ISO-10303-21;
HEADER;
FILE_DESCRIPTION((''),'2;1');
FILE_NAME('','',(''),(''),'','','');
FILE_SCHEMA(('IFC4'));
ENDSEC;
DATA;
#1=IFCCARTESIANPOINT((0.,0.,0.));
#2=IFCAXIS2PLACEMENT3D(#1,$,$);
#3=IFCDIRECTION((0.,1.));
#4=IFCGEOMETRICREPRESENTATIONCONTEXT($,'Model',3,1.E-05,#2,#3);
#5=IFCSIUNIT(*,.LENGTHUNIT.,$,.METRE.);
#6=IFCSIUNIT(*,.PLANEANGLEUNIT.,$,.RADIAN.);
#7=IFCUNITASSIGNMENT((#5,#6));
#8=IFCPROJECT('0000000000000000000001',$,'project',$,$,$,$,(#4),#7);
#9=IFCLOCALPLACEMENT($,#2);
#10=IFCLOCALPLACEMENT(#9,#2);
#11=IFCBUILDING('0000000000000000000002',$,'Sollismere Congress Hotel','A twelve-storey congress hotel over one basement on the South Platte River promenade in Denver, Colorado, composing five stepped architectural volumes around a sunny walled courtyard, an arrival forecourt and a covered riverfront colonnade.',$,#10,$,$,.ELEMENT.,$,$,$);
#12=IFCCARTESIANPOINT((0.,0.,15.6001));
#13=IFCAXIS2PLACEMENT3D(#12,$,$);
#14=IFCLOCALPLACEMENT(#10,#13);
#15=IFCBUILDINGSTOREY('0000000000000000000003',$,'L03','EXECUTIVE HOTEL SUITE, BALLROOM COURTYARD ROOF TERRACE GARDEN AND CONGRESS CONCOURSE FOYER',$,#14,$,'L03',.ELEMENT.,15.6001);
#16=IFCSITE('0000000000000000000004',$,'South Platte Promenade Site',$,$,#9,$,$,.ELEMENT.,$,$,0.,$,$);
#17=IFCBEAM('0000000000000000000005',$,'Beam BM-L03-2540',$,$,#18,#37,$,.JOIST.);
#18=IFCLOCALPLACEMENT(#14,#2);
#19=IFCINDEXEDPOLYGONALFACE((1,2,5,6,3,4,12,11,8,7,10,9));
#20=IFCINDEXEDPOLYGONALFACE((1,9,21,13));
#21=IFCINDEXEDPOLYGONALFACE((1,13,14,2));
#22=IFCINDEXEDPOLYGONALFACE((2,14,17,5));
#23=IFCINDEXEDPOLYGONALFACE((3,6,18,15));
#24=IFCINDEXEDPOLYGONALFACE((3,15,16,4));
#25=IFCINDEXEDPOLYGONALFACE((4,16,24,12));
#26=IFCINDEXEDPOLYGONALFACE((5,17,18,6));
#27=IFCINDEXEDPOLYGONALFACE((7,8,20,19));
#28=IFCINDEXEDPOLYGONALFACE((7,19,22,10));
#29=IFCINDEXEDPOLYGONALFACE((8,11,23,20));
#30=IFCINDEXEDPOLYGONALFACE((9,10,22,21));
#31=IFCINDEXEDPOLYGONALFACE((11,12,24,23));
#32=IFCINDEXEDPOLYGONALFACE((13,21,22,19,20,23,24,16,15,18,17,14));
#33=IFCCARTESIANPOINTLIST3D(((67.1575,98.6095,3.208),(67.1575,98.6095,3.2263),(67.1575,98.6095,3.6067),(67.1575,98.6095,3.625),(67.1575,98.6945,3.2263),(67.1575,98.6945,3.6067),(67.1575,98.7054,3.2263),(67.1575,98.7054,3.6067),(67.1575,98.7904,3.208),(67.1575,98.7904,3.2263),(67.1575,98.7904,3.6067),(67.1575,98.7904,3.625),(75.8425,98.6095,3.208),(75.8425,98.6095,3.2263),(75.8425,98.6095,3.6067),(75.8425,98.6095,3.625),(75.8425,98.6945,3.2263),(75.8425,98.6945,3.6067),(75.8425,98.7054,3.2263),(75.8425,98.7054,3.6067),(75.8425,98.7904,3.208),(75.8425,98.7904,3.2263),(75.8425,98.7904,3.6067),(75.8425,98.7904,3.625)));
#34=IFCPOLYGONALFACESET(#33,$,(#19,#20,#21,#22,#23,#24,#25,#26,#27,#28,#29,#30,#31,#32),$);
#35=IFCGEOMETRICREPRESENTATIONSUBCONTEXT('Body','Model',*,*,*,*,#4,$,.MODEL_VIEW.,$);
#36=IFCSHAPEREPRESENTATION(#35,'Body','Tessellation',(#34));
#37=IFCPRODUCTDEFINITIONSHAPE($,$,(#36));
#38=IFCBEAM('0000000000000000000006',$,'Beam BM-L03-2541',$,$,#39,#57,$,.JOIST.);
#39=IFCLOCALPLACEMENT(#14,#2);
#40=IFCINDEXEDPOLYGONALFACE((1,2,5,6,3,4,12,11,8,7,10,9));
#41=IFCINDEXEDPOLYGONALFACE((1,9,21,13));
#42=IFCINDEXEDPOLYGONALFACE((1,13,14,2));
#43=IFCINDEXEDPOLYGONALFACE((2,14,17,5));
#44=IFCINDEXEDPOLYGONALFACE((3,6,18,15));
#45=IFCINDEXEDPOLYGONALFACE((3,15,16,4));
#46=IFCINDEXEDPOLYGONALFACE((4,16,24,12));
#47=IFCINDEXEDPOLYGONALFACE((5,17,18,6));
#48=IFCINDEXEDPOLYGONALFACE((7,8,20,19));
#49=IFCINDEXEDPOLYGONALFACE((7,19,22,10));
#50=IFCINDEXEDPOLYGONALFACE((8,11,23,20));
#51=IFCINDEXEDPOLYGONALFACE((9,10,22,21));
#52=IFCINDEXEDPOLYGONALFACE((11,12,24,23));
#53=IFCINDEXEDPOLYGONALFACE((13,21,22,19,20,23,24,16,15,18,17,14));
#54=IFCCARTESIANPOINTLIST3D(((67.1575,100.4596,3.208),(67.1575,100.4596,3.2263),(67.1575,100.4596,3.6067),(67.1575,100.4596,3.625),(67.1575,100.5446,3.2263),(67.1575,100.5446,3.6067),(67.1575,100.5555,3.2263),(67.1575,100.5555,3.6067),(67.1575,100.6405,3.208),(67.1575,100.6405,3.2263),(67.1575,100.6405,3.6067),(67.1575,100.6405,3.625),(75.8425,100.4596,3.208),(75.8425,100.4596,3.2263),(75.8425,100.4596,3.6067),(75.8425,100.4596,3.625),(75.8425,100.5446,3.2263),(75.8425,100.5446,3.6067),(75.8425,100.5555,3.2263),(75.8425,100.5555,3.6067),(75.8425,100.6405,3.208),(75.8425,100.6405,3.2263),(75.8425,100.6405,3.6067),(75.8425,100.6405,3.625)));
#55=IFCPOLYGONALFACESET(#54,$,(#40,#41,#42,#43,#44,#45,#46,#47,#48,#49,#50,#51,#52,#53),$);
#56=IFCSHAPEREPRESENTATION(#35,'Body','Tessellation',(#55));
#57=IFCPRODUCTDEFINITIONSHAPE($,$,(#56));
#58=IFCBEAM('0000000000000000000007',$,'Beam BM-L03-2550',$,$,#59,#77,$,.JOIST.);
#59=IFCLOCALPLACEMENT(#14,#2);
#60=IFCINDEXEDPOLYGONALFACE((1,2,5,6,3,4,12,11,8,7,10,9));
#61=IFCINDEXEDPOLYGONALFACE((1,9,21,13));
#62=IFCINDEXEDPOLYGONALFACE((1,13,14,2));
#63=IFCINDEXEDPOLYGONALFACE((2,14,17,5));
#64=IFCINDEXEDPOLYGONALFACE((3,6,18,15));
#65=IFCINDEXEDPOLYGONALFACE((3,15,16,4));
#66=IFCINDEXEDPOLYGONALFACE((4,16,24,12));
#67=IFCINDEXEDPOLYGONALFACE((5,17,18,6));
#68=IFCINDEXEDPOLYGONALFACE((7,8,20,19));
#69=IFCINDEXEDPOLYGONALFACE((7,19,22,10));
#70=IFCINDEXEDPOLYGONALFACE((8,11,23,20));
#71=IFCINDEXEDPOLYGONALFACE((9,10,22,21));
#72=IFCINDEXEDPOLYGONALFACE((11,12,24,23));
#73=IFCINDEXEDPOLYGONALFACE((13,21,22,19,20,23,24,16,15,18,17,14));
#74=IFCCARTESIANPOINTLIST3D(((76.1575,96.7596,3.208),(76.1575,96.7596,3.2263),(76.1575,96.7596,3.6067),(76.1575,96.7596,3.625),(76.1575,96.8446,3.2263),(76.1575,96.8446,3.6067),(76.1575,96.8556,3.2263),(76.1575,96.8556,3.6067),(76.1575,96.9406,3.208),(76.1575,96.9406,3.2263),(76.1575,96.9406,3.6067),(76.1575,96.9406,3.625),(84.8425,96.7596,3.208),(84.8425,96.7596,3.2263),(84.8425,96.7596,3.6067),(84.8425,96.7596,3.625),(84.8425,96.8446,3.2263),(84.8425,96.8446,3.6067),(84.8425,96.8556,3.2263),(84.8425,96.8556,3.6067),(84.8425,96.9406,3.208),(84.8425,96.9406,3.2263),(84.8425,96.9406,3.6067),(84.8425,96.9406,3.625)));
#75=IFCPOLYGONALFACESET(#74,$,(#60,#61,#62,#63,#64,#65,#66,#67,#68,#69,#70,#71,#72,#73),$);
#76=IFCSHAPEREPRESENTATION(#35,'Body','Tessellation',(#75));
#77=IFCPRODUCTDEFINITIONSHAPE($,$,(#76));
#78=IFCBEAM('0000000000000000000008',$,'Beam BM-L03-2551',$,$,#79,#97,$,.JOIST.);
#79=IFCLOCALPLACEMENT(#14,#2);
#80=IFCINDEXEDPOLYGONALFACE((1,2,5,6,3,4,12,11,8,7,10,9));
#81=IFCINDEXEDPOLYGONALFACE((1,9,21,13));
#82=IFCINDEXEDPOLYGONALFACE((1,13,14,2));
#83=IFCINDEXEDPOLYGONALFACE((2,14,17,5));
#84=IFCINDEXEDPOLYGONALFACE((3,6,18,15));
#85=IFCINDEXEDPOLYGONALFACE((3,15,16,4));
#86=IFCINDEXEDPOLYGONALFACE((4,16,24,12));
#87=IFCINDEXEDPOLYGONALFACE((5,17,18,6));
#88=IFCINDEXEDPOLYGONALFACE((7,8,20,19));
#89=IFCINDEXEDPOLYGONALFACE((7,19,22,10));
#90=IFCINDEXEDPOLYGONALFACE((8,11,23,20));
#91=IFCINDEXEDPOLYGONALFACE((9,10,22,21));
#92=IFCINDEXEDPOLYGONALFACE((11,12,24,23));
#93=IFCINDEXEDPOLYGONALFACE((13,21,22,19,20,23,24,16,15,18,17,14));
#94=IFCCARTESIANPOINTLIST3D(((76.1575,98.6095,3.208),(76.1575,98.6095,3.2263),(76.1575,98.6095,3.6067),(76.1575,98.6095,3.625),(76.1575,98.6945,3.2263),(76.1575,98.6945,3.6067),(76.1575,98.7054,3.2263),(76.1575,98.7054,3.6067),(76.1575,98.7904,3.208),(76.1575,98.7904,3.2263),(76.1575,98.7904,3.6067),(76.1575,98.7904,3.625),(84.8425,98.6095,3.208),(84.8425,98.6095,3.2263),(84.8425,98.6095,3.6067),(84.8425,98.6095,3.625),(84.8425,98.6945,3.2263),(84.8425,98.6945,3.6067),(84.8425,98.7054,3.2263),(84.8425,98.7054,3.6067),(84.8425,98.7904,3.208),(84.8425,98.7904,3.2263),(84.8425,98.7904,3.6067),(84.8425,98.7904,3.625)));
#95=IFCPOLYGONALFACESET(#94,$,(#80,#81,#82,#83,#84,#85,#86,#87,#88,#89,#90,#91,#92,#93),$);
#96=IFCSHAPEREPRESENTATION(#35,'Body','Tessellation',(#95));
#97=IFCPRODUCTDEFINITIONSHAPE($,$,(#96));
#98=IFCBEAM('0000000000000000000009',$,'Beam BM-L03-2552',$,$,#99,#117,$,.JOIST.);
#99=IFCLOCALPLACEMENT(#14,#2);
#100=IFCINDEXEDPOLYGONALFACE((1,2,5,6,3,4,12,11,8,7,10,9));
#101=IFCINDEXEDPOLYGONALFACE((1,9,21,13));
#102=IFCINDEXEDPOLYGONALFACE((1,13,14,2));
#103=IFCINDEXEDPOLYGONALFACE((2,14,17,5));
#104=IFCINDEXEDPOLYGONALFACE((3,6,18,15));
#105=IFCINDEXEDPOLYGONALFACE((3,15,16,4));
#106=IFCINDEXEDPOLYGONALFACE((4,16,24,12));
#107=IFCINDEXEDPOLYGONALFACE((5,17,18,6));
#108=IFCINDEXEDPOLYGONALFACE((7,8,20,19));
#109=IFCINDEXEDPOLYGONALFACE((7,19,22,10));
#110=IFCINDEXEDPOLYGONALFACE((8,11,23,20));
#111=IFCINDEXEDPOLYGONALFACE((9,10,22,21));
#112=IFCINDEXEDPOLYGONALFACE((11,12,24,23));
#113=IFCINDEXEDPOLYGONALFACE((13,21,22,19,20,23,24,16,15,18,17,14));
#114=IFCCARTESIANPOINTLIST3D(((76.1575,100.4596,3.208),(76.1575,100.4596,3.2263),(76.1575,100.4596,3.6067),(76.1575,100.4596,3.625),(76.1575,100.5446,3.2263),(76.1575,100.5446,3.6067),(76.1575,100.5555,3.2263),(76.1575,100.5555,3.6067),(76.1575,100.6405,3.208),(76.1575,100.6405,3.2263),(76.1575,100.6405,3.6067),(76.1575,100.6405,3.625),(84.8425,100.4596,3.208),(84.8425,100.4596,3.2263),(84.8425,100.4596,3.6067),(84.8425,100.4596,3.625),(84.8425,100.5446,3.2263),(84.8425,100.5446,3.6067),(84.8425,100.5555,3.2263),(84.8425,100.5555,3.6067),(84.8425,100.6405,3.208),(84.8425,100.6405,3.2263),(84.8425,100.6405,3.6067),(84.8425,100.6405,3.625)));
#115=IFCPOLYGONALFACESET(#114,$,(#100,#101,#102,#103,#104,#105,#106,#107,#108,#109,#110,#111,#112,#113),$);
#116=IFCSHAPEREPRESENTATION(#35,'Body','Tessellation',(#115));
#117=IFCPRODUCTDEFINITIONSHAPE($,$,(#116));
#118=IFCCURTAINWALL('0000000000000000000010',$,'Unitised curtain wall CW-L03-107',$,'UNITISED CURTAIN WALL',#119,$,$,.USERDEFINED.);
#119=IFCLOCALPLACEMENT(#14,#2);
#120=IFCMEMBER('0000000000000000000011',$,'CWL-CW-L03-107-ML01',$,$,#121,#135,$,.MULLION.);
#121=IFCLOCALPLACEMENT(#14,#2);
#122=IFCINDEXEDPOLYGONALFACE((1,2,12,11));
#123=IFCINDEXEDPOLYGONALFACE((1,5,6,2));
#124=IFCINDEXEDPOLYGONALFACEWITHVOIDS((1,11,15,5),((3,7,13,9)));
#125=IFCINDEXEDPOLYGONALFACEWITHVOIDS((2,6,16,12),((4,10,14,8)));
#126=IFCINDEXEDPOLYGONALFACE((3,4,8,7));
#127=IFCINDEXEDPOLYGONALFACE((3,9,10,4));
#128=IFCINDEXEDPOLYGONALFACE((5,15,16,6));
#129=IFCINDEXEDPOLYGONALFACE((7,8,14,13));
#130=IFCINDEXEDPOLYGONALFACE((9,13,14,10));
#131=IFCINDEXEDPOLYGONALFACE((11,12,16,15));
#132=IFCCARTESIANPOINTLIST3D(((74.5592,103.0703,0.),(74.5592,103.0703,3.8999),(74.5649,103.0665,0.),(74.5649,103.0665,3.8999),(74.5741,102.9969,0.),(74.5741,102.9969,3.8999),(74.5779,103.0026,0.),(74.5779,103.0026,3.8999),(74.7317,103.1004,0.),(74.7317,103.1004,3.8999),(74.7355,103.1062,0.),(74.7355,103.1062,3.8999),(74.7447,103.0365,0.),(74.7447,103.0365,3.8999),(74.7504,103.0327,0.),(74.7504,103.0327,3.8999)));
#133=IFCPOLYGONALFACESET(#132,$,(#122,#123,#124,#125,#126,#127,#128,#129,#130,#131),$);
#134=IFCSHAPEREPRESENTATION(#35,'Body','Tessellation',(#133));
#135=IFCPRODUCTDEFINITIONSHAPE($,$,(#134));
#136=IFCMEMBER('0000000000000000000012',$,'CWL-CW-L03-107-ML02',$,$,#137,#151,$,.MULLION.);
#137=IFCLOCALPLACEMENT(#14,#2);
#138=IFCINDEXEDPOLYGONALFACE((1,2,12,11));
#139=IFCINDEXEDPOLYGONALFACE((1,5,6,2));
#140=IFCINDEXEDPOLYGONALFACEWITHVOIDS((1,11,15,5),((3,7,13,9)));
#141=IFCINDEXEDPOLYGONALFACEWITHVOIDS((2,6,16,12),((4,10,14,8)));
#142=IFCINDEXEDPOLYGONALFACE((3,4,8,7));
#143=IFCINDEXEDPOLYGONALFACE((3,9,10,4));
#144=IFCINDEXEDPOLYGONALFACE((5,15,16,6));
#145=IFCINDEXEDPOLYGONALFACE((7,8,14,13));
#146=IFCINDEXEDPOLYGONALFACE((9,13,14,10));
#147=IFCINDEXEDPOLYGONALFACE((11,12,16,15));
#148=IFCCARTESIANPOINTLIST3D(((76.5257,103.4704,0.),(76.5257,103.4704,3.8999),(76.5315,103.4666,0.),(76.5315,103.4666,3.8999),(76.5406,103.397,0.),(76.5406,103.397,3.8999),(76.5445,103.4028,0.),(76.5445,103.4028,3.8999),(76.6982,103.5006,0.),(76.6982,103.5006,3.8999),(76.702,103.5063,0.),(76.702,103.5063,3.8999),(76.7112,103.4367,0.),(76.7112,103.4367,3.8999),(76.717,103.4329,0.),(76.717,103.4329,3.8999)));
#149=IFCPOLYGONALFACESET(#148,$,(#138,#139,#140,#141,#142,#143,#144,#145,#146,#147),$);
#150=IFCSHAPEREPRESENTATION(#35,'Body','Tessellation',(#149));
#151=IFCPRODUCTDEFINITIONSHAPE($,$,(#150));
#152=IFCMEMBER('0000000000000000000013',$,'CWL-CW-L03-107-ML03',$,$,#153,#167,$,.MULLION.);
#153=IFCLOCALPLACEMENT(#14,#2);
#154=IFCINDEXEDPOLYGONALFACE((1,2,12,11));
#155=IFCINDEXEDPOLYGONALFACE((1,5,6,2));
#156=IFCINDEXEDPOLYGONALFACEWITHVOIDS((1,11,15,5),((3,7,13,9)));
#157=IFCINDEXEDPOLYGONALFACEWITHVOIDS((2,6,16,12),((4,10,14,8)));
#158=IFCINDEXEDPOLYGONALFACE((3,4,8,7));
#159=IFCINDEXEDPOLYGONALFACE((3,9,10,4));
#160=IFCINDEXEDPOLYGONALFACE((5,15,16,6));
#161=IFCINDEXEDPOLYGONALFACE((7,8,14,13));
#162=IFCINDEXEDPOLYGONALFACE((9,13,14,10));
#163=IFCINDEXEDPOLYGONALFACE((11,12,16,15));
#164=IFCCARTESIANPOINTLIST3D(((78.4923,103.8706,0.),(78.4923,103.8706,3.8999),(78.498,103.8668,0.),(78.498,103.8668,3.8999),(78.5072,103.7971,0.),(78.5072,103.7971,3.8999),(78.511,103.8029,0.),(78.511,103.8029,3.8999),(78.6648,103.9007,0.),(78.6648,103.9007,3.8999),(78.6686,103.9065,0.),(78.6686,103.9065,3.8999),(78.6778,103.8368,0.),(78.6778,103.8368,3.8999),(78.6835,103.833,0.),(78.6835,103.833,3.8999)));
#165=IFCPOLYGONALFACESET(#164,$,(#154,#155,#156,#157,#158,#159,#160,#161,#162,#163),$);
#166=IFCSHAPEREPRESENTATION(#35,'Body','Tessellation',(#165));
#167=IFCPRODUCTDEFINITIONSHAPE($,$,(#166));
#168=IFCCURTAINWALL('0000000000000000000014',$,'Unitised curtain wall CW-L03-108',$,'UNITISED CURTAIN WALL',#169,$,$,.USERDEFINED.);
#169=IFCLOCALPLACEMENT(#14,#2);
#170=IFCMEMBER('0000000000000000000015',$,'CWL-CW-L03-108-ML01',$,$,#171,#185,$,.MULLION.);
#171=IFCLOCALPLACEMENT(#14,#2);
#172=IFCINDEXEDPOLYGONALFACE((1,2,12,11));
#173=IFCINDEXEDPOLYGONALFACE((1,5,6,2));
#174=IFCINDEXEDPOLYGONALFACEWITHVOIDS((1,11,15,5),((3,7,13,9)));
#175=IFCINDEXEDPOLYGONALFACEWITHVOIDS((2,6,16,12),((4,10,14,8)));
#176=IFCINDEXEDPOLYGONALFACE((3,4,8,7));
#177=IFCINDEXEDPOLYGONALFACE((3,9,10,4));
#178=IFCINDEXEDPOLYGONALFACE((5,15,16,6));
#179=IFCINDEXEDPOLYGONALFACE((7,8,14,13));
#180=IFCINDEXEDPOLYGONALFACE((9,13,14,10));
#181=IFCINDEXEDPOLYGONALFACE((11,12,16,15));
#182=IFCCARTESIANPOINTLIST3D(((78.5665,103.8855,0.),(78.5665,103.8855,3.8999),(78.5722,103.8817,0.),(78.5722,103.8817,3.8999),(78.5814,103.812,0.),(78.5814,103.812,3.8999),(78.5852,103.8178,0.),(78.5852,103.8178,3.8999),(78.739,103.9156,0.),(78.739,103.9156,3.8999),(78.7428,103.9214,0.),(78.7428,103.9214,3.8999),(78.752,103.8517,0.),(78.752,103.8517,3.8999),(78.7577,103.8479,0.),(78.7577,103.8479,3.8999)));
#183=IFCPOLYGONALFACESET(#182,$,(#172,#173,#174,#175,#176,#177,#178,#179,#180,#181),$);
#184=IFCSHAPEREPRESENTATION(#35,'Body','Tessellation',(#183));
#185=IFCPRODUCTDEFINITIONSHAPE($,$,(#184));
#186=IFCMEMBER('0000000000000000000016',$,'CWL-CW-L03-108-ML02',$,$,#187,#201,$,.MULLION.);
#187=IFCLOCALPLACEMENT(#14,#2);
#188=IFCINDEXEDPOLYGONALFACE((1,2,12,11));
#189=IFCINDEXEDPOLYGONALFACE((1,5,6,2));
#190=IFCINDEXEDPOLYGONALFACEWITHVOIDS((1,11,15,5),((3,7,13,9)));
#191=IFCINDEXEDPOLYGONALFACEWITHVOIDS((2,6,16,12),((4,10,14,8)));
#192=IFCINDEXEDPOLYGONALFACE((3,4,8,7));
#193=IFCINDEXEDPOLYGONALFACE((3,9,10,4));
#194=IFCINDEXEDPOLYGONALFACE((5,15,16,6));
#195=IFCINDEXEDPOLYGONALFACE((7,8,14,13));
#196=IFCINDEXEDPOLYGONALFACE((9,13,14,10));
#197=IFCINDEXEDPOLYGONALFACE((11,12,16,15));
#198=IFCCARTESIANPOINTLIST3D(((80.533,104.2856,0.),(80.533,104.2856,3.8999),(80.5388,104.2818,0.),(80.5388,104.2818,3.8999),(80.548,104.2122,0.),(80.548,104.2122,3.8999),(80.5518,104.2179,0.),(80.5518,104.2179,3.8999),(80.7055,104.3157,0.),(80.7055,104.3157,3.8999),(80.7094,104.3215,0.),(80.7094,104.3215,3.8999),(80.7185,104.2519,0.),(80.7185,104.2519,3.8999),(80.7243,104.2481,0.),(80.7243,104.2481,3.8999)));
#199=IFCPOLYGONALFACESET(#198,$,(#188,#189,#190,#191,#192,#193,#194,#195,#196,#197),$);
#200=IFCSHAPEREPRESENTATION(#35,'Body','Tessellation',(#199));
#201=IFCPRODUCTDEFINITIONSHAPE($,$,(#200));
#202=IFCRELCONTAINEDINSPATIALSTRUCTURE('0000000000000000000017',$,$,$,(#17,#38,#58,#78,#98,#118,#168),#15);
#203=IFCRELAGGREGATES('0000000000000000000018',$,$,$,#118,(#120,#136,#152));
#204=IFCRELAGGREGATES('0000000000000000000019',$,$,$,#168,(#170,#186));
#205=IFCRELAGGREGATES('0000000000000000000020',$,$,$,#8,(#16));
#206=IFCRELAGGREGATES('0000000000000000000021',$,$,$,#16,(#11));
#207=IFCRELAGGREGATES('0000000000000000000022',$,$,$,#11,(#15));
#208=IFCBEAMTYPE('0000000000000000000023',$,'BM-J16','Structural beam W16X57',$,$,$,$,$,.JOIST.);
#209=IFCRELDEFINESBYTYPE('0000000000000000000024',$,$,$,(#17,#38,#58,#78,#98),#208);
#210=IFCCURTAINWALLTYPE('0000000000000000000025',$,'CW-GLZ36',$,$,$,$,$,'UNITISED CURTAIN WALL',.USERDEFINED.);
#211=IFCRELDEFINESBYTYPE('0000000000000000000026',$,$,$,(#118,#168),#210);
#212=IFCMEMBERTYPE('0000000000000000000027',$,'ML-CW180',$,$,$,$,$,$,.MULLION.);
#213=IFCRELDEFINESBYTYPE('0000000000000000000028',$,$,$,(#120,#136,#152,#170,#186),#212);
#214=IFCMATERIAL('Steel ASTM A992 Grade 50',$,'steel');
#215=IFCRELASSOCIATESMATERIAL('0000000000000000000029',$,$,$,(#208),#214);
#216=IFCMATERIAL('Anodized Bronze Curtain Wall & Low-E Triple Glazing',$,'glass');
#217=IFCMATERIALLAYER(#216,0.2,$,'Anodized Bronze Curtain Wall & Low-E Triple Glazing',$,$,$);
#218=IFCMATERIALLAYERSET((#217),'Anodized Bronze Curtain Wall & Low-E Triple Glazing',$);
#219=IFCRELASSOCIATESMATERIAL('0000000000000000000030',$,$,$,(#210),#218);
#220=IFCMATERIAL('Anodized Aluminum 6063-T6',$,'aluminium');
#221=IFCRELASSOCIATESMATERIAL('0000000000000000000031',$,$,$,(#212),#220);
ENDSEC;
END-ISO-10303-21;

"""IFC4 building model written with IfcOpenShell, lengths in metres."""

from ifc_helpers import new_model, si_unit, direction, frame, origin, origin_2d, place, context, subcontext, project, spatial, hollow_rectangle, i_section, extrude, material, layer, layer_set, material_profile, profile_set, type_object, element, aggregate, save


model = new_model("IFC4")

# Units and contexts
model_context = context("Model", 3, precision=1e-05, world=origin(), true_north=direction((0.0, 1.0)))
body_context = subcontext(model_context, "Body", "Model", "MODEL_VIEW")
ifc_project = project(units=[si_unit("LENGTHUNIT", "METRE"), si_unit("PLANEANGLEUNIT", "RADIAN")], contexts=[model_context])

# Site, building, storey
site_placement = place(None, origin())
site = spatial("IfcSite", under=ifc_project, at=site_placement, Name="South Platte Promenade Site", CompositionType="ELEMENT", RefElevation=0.0)
building_placement = place(site_placement, origin())
building = spatial("IfcBuilding", under=site, at=building_placement, Name="Sollismere Congress Hotel", Description="A twelve-storey congress hotel over one basement on the South Platte River promenade in Denver, Colorado, composing five stepped architectural volumes around a sunny walled courtyard, an arrival forecourt and a covered riverfront colonnade.", CompositionType="ELEMENT")
storey_placement = place(building_placement, frame((0.0, 0.0, 15.6001)))
storey = spatial("IfcBuildingStorey", under=building, at=storey_placement, Name="L03", Description="EXECUTIVE HOTEL SUITE, BALLROOM COURTYARD ROOF TERRACE GARDEN AND CONGRESS CONCOURSE FOYER", LongName="L03", CompositionType="ELEMENT", Elevation=15.6001)

# Shared definitions
ifc_material_1 = material(Name="Steel ASTM A992 Grade 50", Category="steel")

# Beams
ifc_material_profile_1 = material_profile(ifc_material_1, i_section(OverallWidth=0.1809, OverallDepth=0.417, WebThickness=0.011, FlangeThickness=0.0183, at=origin_2d()), Name="W16X57")
ifc_profile_set_1 = profile_set([ifc_material_profile_1], Name="Steel ASTM A992 Grade 50")
beam_type_1 = type_object("IfcBeamType", Name="BM-J16", Description="Structural beam W16X57", PredefinedType="JOIST", material=ifc_profile_set_1)
for number, where, z_axis, x_axis, name in (
    (1, (67.1575, 98.7, 3.4165), (1.0, 0.0, 0.0), (0.0, 1.0, 0.0), "Beam BM-L03-2540"),
    (2, (67.1575, 100.55, 3.4165), (1.0, 0.0, 0.0), (0.0, 1.0, 0.0), "Beam BM-L03-2541"),
    (3, (76.1575, 96.8501, 3.4165), (1.0, 0.0, 0.0), (0.0, 1.0, 0.0), "Beam BM-L03-2550"),
    (4, (76.1575, 98.7, 3.4165), (1.0, 0.0, 0.0), (0.0, 1.0, 0.0), "Beam BM-L03-2551"),
    (5, (76.1575, 100.55, 3.4165), (1.0, 0.0, 0.0), (0.0, 1.0, 0.0), "Beam BM-L03-2552"),
):
    element("IfcBeam", number, at=place(storey_placement, frame(where, z_axis=z_axis, x_axis=x_axis)), inside=storey, type_object=beam_type_1, Name=name, PredefinedType="JOIST", context=body_context, shape_type="SweptSolid", body=[
        extrude(i_section(OverallWidth=0.1809, OverallDepth=0.417, WebThickness=0.011, FlangeThickness=0.0183, at=origin_2d()), origin(), (0.0, 0.0, 1.0), 8.6851),
    ])

# Curtain walls, members
ifc_material_2 = material(Name="Anodized Bronze Curtain Wall & Low-E Triple Glazing", Category="glass")
ifc_layer_1 = layer(ifc_material_2, 0.2, Name="Anodized Bronze Curtain Wall & Low-E Triple Glazing")
ifc_layer_set_1 = layer_set([ifc_layer_1], Name="Anodized Bronze Curtain Wall & Low-E Triple Glazing")
curtain_wall_type = type_object("IfcCurtainWallType", Name="CW-GLZ36", ElementType="UNITISED CURTAIN WALL", PredefinedType="USERDEFINED", material=ifc_layer_set_1)
curtain_wall_1_placement = place(storey_placement, origin())
curtain_wall_1 = element("IfcCurtainWall", 6, at=curtain_wall_1_placement, inside=storey, type_object=curtain_wall_type, Name="Unitised curtain wall CW-L03-107", ObjectType="UNITISED CURTAIN WALL", PredefinedType="USERDEFINED")
ifc_material_3 = material(Name="Anodized Aluminum 6063-T6", Category="aluminium")
ifc_material_profile_2 = material_profile(ifc_material_3, hollow_rectangle(XDim=0.075, YDim=0.1799, WallThickness=0.0049, at=origin_2d()), Name="ALU180X75X5")
ifc_profile_set_2 = profile_set([ifc_material_profile_2], Name="Anodized Aluminum 6063-T6")
member_type_1 = type_object("IfcMemberType", Name="ML-CW180", PredefinedType="MULLION", material=ifc_profile_set_2)
member_1_placement = place(storey_placement, frame((74.6548, 103.0515, 0.0), z_axis=(0.0, 0.0, 1.0), x_axis=(-0.199368, 0.979925, 0.0)))
member_1 = element("IfcMember", 7, at=member_1_placement, type_object=member_type_1, Name="CWL-CW-L03-107-ML01", PredefinedType="MULLION", context=body_context, shape_type="SweptSolid", body=[
    extrude(hollow_rectangle(XDim=0.075, YDim=0.1799, WallThickness=0.0049, at=origin_2d()), origin(), (0.0, 0.0, 1.0), 3.8999),
])
member_2_placement = place(storey_placement, frame((76.6213, 103.4517, 0.0), z_axis=(0.0, 0.0, 1.0), x_axis=(-0.199368, 0.979925, 0.0)))
member_2 = element("IfcMember", 8, at=member_2_placement, type_object=member_type_1, Name="CWL-CW-L03-107-ML02", PredefinedType="MULLION", context=body_context, shape_type="SweptSolid", body=[
    extrude(hollow_rectangle(XDim=0.075, YDim=0.1799, WallThickness=0.0049, at=origin_2d()), origin(), (0.0, 0.0, 1.0), 3.8999),
])
member_3_placement = place(storey_placement, frame((78.5879, 103.8518, 0.0), z_axis=(0.0, 0.0, 1.0), x_axis=(-0.199368, 0.979925, 0.0)))
member_3 = element("IfcMember", 9, at=member_3_placement, type_object=member_type_1, Name="CWL-CW-L03-107-ML03", PredefinedType="MULLION", context=body_context, shape_type="SweptSolid", body=[
    extrude(hollow_rectangle(XDim=0.075, YDim=0.1799, WallThickness=0.0049, at=origin_2d()), origin(), (0.0, 0.0, 1.0), 3.8999),
])
curtain_wall_2_placement = place(storey_placement, origin())
curtain_wall_2 = element("IfcCurtainWall", 10, at=curtain_wall_2_placement, inside=storey, type_object=curtain_wall_type, Name="Unitised curtain wall CW-L03-108", ObjectType="UNITISED CURTAIN WALL", PredefinedType="USERDEFINED")
member_4_placement = place(storey_placement, frame((78.6621, 103.8667, 0.0), z_axis=(0.0, 0.0, 1.0), x_axis=(-0.199368, 0.979925, 0.0)))
member_4 = element("IfcMember", 11, at=member_4_placement, type_object=member_type_1, Name="CWL-CW-L03-108-ML01", PredefinedType="MULLION", context=body_context, shape_type="SweptSolid", body=[
    extrude(hollow_rectangle(XDim=0.075, YDim=0.1799, WallThickness=0.0049, at=origin_2d()), origin(), (0.0, 0.0, 1.0), 3.8999),
])
member_5_placement = place(storey_placement, frame((80.6287, 104.2668, 0.0), z_axis=(0.0, 0.0, 1.0), x_axis=(-0.199368, 0.979925, 0.0)))
member_5 = element("IfcMember", 12, at=member_5_placement, type_object=member_type_1, Name="CWL-CW-L03-108-ML02", PredefinedType="MULLION", context=body_context, shape_type="SweptSolid", body=[
    extrude(hollow_rectangle(XDim=0.075, YDim=0.1799, WallThickness=0.0049, at=origin_2d()), origin(), (0.0, 0.0, 1.0), 3.8999),
])

aggregate(curtain_wall_1, [member_1, member_2, member_3])
aggregate(curtain_wall_2, [member_4, member_5])

save(model, "model.ifc")
